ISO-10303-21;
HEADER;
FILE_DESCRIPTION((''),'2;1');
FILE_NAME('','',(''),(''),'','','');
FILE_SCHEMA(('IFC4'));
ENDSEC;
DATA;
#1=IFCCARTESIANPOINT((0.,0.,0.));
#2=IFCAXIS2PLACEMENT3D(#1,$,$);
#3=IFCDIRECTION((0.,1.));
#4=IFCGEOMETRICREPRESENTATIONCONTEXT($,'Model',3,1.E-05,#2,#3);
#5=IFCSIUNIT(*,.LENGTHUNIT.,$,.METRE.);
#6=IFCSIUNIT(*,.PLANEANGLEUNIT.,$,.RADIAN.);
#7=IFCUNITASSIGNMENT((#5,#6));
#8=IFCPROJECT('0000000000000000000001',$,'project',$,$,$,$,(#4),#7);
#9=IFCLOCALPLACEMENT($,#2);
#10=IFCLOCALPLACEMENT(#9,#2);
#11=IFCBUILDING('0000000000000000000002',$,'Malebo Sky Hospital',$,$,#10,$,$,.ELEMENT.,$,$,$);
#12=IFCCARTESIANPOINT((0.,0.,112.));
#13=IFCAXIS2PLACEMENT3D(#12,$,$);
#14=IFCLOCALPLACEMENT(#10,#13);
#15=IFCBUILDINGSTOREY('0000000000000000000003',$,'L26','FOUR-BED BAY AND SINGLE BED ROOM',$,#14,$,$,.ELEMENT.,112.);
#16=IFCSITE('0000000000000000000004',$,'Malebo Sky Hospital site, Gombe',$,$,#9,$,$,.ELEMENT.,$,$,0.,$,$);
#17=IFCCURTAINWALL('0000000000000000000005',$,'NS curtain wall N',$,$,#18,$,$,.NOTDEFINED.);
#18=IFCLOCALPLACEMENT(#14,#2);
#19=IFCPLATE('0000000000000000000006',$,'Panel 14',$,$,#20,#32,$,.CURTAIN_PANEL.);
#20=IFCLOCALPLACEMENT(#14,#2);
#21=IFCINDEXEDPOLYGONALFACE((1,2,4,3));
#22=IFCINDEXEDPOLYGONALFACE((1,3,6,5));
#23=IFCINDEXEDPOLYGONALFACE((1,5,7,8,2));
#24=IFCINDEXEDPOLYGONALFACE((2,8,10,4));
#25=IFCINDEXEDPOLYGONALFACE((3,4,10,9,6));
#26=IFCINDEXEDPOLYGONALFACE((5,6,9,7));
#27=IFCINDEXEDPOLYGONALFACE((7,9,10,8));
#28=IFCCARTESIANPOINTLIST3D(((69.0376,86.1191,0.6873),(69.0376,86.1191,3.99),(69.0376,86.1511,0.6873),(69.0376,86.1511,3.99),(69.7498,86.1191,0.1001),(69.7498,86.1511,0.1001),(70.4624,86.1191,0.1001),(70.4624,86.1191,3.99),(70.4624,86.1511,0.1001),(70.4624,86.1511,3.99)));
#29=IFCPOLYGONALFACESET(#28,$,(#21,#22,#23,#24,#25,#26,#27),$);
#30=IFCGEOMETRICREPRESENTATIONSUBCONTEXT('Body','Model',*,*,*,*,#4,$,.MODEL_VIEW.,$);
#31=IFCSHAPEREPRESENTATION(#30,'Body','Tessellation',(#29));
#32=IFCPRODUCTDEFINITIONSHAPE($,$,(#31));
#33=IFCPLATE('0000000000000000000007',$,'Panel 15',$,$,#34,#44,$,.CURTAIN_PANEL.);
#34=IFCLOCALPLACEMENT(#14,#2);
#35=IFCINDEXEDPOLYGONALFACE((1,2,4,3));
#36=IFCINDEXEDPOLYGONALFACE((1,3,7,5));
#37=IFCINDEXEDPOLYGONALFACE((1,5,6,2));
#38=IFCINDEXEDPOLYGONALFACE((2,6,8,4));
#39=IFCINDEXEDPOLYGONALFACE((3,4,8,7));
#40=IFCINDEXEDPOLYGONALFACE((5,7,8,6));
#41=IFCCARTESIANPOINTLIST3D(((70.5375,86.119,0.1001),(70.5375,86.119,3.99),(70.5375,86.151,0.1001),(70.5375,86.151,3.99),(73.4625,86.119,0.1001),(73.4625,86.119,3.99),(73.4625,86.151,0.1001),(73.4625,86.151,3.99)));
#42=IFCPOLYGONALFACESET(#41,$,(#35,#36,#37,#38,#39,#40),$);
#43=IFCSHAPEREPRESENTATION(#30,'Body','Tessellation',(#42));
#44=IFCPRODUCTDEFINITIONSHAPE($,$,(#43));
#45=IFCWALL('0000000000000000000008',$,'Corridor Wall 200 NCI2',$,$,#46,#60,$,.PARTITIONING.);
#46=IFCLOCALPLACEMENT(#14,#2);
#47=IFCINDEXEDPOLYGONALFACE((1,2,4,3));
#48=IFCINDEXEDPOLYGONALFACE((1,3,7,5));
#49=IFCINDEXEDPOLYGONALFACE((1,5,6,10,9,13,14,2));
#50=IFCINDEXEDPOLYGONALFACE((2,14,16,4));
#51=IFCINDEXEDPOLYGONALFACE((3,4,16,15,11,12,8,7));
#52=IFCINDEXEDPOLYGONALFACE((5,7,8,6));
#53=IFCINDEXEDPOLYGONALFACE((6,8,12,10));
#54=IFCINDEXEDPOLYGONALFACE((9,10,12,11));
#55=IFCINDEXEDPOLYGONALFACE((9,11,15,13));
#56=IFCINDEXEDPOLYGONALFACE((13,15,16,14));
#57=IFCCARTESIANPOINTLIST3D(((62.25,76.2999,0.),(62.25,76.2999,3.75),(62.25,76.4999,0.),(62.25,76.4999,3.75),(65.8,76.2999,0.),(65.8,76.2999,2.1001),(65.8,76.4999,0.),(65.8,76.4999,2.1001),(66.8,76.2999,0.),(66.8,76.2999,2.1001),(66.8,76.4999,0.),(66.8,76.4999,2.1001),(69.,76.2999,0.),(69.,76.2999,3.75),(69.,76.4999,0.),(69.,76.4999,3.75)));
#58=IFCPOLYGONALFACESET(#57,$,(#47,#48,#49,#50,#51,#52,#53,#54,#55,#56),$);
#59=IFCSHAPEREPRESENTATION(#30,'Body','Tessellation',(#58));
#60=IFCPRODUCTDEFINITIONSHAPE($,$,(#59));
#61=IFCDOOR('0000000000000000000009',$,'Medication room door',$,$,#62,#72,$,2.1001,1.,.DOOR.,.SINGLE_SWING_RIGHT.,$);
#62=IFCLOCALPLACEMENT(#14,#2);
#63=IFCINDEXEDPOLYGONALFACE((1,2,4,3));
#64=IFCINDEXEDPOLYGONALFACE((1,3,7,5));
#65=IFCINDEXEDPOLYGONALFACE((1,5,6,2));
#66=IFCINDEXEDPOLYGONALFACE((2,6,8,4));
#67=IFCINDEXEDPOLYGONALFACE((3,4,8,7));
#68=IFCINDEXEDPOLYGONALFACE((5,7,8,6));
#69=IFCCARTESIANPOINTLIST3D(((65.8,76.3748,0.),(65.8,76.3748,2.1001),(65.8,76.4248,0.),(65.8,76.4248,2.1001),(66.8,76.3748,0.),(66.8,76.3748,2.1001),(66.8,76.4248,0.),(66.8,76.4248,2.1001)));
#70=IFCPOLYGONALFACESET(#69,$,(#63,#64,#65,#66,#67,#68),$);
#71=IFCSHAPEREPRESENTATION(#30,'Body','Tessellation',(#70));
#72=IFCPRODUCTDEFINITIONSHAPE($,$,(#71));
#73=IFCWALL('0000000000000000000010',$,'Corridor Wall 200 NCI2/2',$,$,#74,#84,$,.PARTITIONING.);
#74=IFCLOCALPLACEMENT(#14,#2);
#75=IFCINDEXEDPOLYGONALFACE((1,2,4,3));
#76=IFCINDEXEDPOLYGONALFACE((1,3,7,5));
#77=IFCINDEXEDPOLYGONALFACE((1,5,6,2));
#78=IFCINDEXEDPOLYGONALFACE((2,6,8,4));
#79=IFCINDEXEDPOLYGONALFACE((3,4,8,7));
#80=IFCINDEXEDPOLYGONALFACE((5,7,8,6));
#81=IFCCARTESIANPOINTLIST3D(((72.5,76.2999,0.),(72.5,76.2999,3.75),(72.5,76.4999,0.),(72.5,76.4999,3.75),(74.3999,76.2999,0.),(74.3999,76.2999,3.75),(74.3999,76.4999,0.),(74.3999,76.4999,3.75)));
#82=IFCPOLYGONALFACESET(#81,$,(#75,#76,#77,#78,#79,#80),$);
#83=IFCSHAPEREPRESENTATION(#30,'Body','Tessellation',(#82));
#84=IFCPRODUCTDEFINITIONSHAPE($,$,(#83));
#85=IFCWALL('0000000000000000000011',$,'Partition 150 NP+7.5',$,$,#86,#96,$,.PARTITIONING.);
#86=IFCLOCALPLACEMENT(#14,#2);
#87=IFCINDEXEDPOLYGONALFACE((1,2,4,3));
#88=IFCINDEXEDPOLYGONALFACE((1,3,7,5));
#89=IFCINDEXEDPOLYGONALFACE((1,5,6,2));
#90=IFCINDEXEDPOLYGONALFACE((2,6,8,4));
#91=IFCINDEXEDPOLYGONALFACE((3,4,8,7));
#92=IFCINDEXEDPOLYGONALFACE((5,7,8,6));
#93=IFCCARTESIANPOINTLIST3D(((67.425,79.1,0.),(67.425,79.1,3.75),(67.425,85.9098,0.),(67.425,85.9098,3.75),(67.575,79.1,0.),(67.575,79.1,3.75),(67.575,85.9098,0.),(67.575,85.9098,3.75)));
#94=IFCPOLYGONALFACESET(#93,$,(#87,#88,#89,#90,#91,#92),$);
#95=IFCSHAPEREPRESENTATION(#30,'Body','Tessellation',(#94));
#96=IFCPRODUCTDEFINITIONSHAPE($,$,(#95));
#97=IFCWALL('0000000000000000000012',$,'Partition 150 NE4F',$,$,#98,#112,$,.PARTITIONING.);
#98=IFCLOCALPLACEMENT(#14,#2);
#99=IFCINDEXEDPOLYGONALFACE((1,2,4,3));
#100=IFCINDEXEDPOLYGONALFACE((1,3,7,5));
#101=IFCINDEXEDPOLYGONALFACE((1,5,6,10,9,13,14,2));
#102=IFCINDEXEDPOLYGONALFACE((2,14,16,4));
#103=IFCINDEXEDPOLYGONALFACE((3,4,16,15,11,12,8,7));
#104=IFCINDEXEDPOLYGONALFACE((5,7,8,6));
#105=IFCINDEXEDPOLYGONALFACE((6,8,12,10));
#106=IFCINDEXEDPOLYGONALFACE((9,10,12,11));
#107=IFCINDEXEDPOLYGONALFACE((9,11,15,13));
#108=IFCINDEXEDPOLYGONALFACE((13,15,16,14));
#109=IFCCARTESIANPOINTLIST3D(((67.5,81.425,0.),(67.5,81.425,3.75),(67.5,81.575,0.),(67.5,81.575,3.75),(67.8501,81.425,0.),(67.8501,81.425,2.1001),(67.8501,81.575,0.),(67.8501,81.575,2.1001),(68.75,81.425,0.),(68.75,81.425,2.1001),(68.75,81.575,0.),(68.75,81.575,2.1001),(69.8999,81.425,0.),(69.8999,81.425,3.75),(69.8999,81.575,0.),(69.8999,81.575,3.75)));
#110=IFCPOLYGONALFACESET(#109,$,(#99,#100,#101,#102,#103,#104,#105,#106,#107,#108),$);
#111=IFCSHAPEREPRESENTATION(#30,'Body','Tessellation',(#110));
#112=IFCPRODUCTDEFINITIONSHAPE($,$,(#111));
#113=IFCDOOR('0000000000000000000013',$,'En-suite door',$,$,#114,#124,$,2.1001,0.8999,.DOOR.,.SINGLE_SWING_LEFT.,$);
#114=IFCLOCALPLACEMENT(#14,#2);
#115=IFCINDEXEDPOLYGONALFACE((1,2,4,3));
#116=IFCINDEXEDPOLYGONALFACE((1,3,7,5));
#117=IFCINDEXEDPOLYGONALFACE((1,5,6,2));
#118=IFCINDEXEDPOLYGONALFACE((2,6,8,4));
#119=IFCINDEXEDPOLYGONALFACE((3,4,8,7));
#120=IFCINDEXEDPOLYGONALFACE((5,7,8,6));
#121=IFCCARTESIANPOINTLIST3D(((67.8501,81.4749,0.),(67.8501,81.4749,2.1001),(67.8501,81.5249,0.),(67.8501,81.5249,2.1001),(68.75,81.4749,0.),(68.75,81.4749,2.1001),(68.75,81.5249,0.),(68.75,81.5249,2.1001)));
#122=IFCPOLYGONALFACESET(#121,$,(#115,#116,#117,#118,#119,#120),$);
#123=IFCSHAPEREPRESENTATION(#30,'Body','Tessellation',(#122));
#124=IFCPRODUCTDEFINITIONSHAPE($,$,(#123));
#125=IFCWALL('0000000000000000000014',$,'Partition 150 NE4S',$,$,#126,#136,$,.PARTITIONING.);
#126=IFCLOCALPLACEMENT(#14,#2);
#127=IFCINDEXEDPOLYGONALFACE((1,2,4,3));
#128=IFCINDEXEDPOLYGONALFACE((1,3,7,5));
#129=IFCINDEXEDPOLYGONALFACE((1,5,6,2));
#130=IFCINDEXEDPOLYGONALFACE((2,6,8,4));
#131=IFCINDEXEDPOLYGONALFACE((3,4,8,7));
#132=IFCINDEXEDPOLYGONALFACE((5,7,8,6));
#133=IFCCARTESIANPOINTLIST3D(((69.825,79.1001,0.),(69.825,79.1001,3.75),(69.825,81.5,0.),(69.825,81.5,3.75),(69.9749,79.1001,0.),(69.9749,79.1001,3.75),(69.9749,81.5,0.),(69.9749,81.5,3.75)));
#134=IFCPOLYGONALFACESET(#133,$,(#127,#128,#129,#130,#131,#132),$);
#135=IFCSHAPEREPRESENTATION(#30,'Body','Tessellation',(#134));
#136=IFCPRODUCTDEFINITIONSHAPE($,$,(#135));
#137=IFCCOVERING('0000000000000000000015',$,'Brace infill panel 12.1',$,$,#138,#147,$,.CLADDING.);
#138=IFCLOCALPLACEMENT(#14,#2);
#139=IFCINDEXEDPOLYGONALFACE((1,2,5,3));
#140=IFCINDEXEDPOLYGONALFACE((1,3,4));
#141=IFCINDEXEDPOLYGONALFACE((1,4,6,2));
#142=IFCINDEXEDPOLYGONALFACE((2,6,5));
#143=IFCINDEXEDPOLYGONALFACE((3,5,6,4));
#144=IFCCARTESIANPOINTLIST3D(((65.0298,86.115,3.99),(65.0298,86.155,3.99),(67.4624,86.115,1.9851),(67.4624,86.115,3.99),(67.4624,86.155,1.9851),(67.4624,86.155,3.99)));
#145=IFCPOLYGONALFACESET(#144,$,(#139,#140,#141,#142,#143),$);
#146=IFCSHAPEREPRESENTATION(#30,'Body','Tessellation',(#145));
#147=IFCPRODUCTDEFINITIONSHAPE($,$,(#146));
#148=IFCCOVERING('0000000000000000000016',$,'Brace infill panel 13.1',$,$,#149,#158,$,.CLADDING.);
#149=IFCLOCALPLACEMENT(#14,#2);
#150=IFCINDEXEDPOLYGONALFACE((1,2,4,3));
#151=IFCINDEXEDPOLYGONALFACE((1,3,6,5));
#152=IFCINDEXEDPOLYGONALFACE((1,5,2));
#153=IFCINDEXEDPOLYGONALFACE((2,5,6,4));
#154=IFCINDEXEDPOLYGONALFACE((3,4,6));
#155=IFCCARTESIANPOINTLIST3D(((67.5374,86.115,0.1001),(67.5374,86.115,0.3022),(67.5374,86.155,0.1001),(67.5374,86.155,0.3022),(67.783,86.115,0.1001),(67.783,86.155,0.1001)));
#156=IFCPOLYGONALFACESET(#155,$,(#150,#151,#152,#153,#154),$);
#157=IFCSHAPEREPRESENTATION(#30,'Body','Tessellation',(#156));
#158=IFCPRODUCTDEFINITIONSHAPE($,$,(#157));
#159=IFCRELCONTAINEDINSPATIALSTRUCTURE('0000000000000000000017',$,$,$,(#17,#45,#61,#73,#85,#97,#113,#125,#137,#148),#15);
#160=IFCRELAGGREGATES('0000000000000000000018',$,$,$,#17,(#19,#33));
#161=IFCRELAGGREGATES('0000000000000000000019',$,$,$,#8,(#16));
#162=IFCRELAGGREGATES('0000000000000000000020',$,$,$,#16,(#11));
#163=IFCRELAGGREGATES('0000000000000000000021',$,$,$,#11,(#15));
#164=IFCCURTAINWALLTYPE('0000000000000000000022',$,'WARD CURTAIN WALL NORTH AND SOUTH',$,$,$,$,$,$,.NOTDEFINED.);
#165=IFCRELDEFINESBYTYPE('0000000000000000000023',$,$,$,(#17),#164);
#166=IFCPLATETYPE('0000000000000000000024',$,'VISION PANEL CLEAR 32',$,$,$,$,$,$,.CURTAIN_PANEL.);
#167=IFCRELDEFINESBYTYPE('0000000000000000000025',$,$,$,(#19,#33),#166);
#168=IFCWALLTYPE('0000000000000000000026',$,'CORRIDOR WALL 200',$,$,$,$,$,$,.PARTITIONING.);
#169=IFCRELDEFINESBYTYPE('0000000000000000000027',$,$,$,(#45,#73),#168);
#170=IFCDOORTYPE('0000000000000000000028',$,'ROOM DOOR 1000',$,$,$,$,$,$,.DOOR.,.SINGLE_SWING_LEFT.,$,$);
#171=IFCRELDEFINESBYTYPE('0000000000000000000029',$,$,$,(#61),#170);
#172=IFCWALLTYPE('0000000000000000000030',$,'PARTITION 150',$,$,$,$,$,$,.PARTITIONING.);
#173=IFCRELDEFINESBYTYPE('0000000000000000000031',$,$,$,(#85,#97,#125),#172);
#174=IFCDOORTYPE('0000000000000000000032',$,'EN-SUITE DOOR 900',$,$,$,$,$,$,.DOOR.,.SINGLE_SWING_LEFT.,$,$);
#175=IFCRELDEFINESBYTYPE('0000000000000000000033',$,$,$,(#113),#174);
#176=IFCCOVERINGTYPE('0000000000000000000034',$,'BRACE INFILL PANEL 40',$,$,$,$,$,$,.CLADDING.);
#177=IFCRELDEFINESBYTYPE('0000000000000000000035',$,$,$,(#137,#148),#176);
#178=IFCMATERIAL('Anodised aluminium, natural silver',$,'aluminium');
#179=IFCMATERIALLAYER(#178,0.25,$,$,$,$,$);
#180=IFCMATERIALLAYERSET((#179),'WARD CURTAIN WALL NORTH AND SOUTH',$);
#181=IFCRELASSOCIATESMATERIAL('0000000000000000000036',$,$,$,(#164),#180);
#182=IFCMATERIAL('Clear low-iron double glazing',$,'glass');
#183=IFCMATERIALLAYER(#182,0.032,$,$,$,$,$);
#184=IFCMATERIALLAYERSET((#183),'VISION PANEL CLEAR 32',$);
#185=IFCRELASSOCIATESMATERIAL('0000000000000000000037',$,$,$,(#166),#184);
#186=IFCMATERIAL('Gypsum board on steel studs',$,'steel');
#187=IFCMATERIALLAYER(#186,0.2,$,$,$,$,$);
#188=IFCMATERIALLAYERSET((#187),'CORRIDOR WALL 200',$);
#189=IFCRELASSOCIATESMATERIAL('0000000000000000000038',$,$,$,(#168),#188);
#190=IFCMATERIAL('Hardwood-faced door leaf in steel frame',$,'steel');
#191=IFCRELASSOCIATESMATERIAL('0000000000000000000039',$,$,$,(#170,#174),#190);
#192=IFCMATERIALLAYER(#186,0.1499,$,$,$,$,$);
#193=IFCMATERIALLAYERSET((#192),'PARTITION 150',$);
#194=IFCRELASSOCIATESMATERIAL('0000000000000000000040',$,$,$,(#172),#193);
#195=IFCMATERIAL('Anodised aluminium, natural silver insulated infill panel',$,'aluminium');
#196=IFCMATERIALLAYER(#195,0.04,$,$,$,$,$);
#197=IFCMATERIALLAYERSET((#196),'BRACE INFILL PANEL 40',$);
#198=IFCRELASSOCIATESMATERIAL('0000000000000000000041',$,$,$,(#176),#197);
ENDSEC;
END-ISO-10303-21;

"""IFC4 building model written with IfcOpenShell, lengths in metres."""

from ifc_helpers import new_model, si_unit, direction, frame, frame_2d, origin, origin_2d, place, context, subcontext, project, spatial, polyline, rectangle, outline, extrude, material, layer, layer_set, type_object, element, fill, aggregate, save


model = new_model("IFC4")

# Units and contexts
model_context = context("Model", 3, precision=1e-05, world=origin(), true_north=direction((0.0, 1.0)))
body_context = subcontext(model_context, "Body", "Model", "MODEL_VIEW")
ifc_project = project(units=[si_unit("LENGTHUNIT", "METRE"), si_unit("PLANEANGLEUNIT", "RADIAN")], contexts=[model_context])

# Site, building, storey
site_placement = place(None, origin())
site = spatial("IfcSite", under=ifc_project, at=site_placement, Name="Malebo Sky Hospital site, Gombe", CompositionType="ELEMENT", RefElevation=0.0)
building_placement = place(site_placement, origin())
building = spatial("IfcBuilding", under=site, at=building_placement, Name="Malebo Sky Hospital", CompositionType="ELEMENT")
storey_placement = place(building_placement, frame((0.0, 0.0, 112.0)))
storey = spatial("IfcBuildingStorey", under=building, at=storey_placement, Name="L26", Description="FOUR-BED BAY AND SINGLE BED ROOM", CompositionType="ELEMENT", Elevation=112.0)

# Curtain wall
ifc_material_1 = material(Name="Anodised aluminium, natural silver", Category="aluminium")
ifc_layer_1 = layer(ifc_material_1, 0.25)
ifc_layer_set_1 = layer_set([ifc_layer_1], Name="WARD CURTAIN WALL NORTH AND SOUTH")
curtain_wall_type = type_object("IfcCurtainWallType", Name="WARD CURTAIN WALL NORTH AND SOUTH", PredefinedType="NOTDEFINED", material=ifc_layer_set_1)
curtain_wall_placement = place(storey_placement, origin())
curtain_wall = element("IfcCurtainWall", 1, at=curtain_wall_placement, inside=storey, type_object=curtain_wall_type, Name="NS curtain wall N", PredefinedType="NOTDEFINED")

# Plates
ifc_material_2 = material(Name="Clear low-iron double glazing", Category="glass")
ifc_layer_2 = layer(ifc_material_2, 0.032)
ifc_layer_set_2 = layer_set([ifc_layer_2], Name="VISION PANEL CLEAR 32")
plate_type = type_object("IfcPlateType", Name="VISION PANEL CLEAR 32", PredefinedType="CURTAIN_PANEL", material=ifc_layer_set_2)
plate_1_placement = place(storey_placement, frame((69.75, 86.135, 0.1001), z_axis=(0.0, 0.0, 1.0), x_axis=(1.0, 0.0, 0.0)))
plate_1 = element("IfcPlate", 2, at=plate_1_placement, type_object=plate_type, Name="Panel 14", PredefinedType="CURTAIN_PANEL", context=body_context, shape_type="SweptSolid", body=[
    extrude(outline(polyline([(-0.0002, 0.0), (0.7124, 0.0), (0.7124, 3.8899), (-0.7124, 3.8899), (-0.7124, 0.5872), (-0.0002, 0.0)])), frame((0.0, 0.0161, 0.0), z_axis=(0.0, -1.0, 0.0), x_axis=(1.0, 0.0, 0.0)), (0.0, 0.0, 1.0), 0.032),
])
plate_2_placement = place(storey_placement, frame((72.0, 86.135, 0.1001), z_axis=(0.0, 0.0, 1.0), x_axis=(1.0, 0.0, 0.0)))
plate_2 = element("IfcPlate", 3, at=plate_2_placement, type_object=plate_type, Name="Panel 15", PredefinedType="CURTAIN_PANEL", context=body_context, shape_type="SweptSolid", body=[
    extrude(rectangle(XDim=2.925, YDim=0.032, at=origin_2d()), origin(), (0.0, 0.0, 1.0), 3.8899),
])
aggregate(curtain_wall, [plate_1, plate_2])

# Wall, opening, door
ifc_material_3 = material(Name="Gypsum board on steel studs", Category="steel")
ifc_layer_3 = layer(ifc_material_3, 0.2)
ifc_layer_set_3 = layer_set([ifc_layer_3], Name="CORRIDOR WALL 200")
wall_type_1 = type_object("IfcWallType", Name="CORRIDOR WALL 200", PredefinedType="PARTITIONING", material=ifc_layer_set_3)
wall_1_placement = place(storey_placement, frame((62.25, 76.3999, 0.0), z_axis=(0.0, 0.0, 1.0), x_axis=(1.0, 0.0, 0.0)))
wall_1 = element("IfcWall", 4, at=wall_1_placement, inside=storey, type_object=wall_type_1, Name="Corridor Wall 200 NCI2", PredefinedType="PARTITIONING", context=body_context, shape_type="SweptSolid", body=[
    extrude(rectangle(XDim=6.75, YDim=0.2, at=frame_2d((3.375, 0.0))), origin(), (0.0, 0.0, 1.0), 3.75),
])
opening_1_placement = place(wall_1_placement, frame((3.55, 0.0, 0.0)))
opening_1 = element("IfcOpeningElement", 5, at=opening_1_placement, cuts=wall_1, PredefinedType="OPENING", context=body_context, shape_type="SweptSolid", body=[
    extrude(rectangle(XDim=1.0, YDim=2.1001, at=frame_2d((0.5, 1.05))), frame((0.0, 0.1099, 0.0), z_axis=(0.0, -1.0, 0.0), x_axis=(1.0, 0.0, 0.0)), (0.0, 0.0, 1.0), 0.22),
])
ifc_material_4 = material(Name="Hardwood-faced door leaf in steel frame", Category="steel")
door_type_1 = type_object("IfcDoorType", Name="ROOM DOOR 1000", OperationType="SINGLE_SWING_LEFT", PredefinedType="DOOR", material=ifc_material_4)
door_1_placement = place(opening_1_placement, origin())
door_1 = element("IfcDoor", 6, at=door_1_placement, inside=storey, type_object=door_type_1, Name="Medication room door", OperationType="SINGLE_SWING_RIGHT", OverallHeight=2.1001, OverallWidth=1.0, PredefinedType="DOOR", context=body_context, shape_type="SweptSolid", body=[
    extrude(rectangle(XDim=1.0, YDim=2.1001, at=frame_2d((0.5, 1.05))), frame((0.0, 0.0249, 0.0), z_axis=(0.0, -1.0, 0.0), x_axis=(1.0, 0.0, 0.0)), (0.0, 0.0, 1.0), 0.05),
])
fill(opening_1, door_1)

# Walls
wall_2_placement = place(storey_placement, frame((72.5, 76.3999, 0.0), z_axis=(0.0, 0.0, 1.0), x_axis=(1.0, 0.0, 0.0)))
element("IfcWall", 7, at=wall_2_placement, inside=storey, type_object=wall_type_1, Name="Corridor Wall 200 NCI2/2", PredefinedType="PARTITIONING", context=body_context, shape_type="SweptSolid", body=[
    extrude(rectangle(XDim=1.8999, YDim=0.2, at=frame_2d((0.95, 0.0))), origin(), (0.0, 0.0, 1.0), 3.75),
])
ifc_layer_4 = layer(ifc_material_3, 0.1499)
ifc_layer_set_4 = layer_set([ifc_layer_4], Name="PARTITION 150")
wall_type_2 = type_object("IfcWallType", Name="PARTITION 150", PredefinedType="PARTITIONING", material=ifc_layer_set_4)
wall_3_placement = place(storey_placement, frame((67.5, 79.1001, 0.0), z_axis=(0.0, 0.0, 1.0), x_axis=(0.0, 1.0, 0.0)))
element("IfcWall", 8, at=wall_3_placement, inside=storey, type_object=wall_type_2, Name="Partition 150 NP+7.5", PredefinedType="PARTITIONING", context=body_context, shape_type="SweptSolid", body=[
    extrude(rectangle(XDim=6.8098, YDim=0.1499, at=frame_2d((3.4048, 0.0))), origin(), (0.0, 0.0, 1.0), 3.75),
])

# Wall, opening, door
wall_4_placement = place(storey_placement, frame((67.5, 81.5, 0.0), z_axis=(0.0, 0.0, 1.0), x_axis=(1.0, 0.0, 0.0)))
wall_4 = element("IfcWall", 9, at=wall_4_placement, inside=storey, type_object=wall_type_2, Name="Partition 150 NE4F", PredefinedType="PARTITIONING", context=body_context, shape_type="SweptSolid", body=[
    extrude(rectangle(XDim=2.3999, YDim=0.1499, at=frame_2d((1.2, 0.0))), origin(), (0.0, 0.0, 1.0), 3.75),
])
opening_2_placement = place(wall_4_placement, frame((0.3501, 0.0, 0.0)))
opening_2 = element("IfcOpeningElement", 10, at=opening_2_placement, cuts=wall_4, PredefinedType="OPENING", context=body_context, shape_type="SweptSolid", body=[
    extrude(rectangle(XDim=0.8999, YDim=2.1001, at=frame_2d((0.45, 1.05))), frame((0.0, 0.085, 0.0), z_axis=(0.0, -1.0, 0.0), x_axis=(1.0, 0.0, 0.0)), (0.0, 0.0, 1.0), 0.1699),
])
door_type_2 = type_object("IfcDoorType", Name="EN-SUITE DOOR 900", OperationType="SINGLE_SWING_LEFT", PredefinedType="DOOR", material=ifc_material_4)
door_2_placement = place(opening_2_placement, origin())
door_2 = element("IfcDoor", 11, at=door_2_placement, inside=storey, type_object=door_type_2, Name="En-suite door", OperationType="SINGLE_SWING_LEFT", OverallHeight=2.1001, OverallWidth=0.8999, PredefinedType="DOOR", context=body_context, shape_type="SweptSolid", body=[
    extrude(rectangle(XDim=0.8999, YDim=2.1001, at=frame_2d((0.45, 1.05))), frame((0.0, 0.0249, 0.0), z_axis=(0.0, -1.0, 0.0), x_axis=(1.0, 0.0, 0.0)), (0.0, 0.0, 1.0), 0.05),
])
fill(opening_2, door_2)

# Wall
wall_5_placement = place(storey_placement, frame((69.8999, 79.1001, 0.0), z_axis=(0.0, 0.0, 1.0), x_axis=(0.0, 1.0, 0.0)))
element("IfcWall", 12, at=wall_5_placement, inside=storey, type_object=wall_type_2, Name="Partition 150 NE4S", PredefinedType="PARTITIONING", context=body_context, shape_type="SweptSolid", body=[
    extrude(rectangle(XDim=2.3999, YDim=0.1499, at=frame_2d((1.2, 0.0))), origin(), (0.0, 0.0, 1.0), 3.75),
])

# Coverings
ifc_material_5 = material(Name="Anodised aluminium, natural silver insulated infill panel", Category="aluminium")
ifc_layer_5 = layer(ifc_material_5, 0.04)
ifc_layer_set_5 = layer_set([ifc_layer_5], Name="BRACE INFILL PANEL 40")
covering_type = type_object("IfcCoveringType", Name="BRACE INFILL PANEL 40", PredefinedType="CLADDING", material=ifc_layer_set_5)
covering_1_placement = place(storey_placement, frame((66.2461, 86.135, 1.9851), z_axis=(0.0, 0.0, 1.0), x_axis=(1.0, 0.0, 0.0)))
element("IfcCovering", 13, at=covering_1_placement, inside=storey, type_object=covering_type, Name="Brace infill panel 12.1", PredefinedType="CLADDING", context=body_context, shape_type="SweptSolid", body=[
    extrude(outline(polyline([(1.2163, 0.0), (1.2163, 2.0049), (-1.2163, 2.0049), (1.2163, 0.0)])), frame((0.0, 0.02, 0.0), z_axis=(0.0, -1.0, 0.0), x_axis=(1.0, 0.0, 0.0)), (0.0, 0.0, 1.0), 0.04),
])
covering_2_placement = place(storey_placement, frame((67.6602, 86.135, 0.1001), z_axis=(0.0, 0.0, 1.0), x_axis=(1.0, 0.0, 0.0)))
element("IfcCovering", 14, at=covering_2_placement, inside=storey, type_object=covering_type, Name="Brace infill panel 13.1", PredefinedType="CLADDING", context=body_context, shape_type="SweptSolid", body=[
    extrude(outline(polyline([(-0.1228, 0.0), (0.1228, 0.0), (-0.1228, 0.2021), (-0.1228, 0.0)])), frame((0.0, 0.02, 0.0), z_axis=(0.0, -1.0, 0.0), x_axis=(1.0, 0.0, 0.0)), (0.0, 0.0, 1.0), 0.04),
])

save(model, "model.ifc")
